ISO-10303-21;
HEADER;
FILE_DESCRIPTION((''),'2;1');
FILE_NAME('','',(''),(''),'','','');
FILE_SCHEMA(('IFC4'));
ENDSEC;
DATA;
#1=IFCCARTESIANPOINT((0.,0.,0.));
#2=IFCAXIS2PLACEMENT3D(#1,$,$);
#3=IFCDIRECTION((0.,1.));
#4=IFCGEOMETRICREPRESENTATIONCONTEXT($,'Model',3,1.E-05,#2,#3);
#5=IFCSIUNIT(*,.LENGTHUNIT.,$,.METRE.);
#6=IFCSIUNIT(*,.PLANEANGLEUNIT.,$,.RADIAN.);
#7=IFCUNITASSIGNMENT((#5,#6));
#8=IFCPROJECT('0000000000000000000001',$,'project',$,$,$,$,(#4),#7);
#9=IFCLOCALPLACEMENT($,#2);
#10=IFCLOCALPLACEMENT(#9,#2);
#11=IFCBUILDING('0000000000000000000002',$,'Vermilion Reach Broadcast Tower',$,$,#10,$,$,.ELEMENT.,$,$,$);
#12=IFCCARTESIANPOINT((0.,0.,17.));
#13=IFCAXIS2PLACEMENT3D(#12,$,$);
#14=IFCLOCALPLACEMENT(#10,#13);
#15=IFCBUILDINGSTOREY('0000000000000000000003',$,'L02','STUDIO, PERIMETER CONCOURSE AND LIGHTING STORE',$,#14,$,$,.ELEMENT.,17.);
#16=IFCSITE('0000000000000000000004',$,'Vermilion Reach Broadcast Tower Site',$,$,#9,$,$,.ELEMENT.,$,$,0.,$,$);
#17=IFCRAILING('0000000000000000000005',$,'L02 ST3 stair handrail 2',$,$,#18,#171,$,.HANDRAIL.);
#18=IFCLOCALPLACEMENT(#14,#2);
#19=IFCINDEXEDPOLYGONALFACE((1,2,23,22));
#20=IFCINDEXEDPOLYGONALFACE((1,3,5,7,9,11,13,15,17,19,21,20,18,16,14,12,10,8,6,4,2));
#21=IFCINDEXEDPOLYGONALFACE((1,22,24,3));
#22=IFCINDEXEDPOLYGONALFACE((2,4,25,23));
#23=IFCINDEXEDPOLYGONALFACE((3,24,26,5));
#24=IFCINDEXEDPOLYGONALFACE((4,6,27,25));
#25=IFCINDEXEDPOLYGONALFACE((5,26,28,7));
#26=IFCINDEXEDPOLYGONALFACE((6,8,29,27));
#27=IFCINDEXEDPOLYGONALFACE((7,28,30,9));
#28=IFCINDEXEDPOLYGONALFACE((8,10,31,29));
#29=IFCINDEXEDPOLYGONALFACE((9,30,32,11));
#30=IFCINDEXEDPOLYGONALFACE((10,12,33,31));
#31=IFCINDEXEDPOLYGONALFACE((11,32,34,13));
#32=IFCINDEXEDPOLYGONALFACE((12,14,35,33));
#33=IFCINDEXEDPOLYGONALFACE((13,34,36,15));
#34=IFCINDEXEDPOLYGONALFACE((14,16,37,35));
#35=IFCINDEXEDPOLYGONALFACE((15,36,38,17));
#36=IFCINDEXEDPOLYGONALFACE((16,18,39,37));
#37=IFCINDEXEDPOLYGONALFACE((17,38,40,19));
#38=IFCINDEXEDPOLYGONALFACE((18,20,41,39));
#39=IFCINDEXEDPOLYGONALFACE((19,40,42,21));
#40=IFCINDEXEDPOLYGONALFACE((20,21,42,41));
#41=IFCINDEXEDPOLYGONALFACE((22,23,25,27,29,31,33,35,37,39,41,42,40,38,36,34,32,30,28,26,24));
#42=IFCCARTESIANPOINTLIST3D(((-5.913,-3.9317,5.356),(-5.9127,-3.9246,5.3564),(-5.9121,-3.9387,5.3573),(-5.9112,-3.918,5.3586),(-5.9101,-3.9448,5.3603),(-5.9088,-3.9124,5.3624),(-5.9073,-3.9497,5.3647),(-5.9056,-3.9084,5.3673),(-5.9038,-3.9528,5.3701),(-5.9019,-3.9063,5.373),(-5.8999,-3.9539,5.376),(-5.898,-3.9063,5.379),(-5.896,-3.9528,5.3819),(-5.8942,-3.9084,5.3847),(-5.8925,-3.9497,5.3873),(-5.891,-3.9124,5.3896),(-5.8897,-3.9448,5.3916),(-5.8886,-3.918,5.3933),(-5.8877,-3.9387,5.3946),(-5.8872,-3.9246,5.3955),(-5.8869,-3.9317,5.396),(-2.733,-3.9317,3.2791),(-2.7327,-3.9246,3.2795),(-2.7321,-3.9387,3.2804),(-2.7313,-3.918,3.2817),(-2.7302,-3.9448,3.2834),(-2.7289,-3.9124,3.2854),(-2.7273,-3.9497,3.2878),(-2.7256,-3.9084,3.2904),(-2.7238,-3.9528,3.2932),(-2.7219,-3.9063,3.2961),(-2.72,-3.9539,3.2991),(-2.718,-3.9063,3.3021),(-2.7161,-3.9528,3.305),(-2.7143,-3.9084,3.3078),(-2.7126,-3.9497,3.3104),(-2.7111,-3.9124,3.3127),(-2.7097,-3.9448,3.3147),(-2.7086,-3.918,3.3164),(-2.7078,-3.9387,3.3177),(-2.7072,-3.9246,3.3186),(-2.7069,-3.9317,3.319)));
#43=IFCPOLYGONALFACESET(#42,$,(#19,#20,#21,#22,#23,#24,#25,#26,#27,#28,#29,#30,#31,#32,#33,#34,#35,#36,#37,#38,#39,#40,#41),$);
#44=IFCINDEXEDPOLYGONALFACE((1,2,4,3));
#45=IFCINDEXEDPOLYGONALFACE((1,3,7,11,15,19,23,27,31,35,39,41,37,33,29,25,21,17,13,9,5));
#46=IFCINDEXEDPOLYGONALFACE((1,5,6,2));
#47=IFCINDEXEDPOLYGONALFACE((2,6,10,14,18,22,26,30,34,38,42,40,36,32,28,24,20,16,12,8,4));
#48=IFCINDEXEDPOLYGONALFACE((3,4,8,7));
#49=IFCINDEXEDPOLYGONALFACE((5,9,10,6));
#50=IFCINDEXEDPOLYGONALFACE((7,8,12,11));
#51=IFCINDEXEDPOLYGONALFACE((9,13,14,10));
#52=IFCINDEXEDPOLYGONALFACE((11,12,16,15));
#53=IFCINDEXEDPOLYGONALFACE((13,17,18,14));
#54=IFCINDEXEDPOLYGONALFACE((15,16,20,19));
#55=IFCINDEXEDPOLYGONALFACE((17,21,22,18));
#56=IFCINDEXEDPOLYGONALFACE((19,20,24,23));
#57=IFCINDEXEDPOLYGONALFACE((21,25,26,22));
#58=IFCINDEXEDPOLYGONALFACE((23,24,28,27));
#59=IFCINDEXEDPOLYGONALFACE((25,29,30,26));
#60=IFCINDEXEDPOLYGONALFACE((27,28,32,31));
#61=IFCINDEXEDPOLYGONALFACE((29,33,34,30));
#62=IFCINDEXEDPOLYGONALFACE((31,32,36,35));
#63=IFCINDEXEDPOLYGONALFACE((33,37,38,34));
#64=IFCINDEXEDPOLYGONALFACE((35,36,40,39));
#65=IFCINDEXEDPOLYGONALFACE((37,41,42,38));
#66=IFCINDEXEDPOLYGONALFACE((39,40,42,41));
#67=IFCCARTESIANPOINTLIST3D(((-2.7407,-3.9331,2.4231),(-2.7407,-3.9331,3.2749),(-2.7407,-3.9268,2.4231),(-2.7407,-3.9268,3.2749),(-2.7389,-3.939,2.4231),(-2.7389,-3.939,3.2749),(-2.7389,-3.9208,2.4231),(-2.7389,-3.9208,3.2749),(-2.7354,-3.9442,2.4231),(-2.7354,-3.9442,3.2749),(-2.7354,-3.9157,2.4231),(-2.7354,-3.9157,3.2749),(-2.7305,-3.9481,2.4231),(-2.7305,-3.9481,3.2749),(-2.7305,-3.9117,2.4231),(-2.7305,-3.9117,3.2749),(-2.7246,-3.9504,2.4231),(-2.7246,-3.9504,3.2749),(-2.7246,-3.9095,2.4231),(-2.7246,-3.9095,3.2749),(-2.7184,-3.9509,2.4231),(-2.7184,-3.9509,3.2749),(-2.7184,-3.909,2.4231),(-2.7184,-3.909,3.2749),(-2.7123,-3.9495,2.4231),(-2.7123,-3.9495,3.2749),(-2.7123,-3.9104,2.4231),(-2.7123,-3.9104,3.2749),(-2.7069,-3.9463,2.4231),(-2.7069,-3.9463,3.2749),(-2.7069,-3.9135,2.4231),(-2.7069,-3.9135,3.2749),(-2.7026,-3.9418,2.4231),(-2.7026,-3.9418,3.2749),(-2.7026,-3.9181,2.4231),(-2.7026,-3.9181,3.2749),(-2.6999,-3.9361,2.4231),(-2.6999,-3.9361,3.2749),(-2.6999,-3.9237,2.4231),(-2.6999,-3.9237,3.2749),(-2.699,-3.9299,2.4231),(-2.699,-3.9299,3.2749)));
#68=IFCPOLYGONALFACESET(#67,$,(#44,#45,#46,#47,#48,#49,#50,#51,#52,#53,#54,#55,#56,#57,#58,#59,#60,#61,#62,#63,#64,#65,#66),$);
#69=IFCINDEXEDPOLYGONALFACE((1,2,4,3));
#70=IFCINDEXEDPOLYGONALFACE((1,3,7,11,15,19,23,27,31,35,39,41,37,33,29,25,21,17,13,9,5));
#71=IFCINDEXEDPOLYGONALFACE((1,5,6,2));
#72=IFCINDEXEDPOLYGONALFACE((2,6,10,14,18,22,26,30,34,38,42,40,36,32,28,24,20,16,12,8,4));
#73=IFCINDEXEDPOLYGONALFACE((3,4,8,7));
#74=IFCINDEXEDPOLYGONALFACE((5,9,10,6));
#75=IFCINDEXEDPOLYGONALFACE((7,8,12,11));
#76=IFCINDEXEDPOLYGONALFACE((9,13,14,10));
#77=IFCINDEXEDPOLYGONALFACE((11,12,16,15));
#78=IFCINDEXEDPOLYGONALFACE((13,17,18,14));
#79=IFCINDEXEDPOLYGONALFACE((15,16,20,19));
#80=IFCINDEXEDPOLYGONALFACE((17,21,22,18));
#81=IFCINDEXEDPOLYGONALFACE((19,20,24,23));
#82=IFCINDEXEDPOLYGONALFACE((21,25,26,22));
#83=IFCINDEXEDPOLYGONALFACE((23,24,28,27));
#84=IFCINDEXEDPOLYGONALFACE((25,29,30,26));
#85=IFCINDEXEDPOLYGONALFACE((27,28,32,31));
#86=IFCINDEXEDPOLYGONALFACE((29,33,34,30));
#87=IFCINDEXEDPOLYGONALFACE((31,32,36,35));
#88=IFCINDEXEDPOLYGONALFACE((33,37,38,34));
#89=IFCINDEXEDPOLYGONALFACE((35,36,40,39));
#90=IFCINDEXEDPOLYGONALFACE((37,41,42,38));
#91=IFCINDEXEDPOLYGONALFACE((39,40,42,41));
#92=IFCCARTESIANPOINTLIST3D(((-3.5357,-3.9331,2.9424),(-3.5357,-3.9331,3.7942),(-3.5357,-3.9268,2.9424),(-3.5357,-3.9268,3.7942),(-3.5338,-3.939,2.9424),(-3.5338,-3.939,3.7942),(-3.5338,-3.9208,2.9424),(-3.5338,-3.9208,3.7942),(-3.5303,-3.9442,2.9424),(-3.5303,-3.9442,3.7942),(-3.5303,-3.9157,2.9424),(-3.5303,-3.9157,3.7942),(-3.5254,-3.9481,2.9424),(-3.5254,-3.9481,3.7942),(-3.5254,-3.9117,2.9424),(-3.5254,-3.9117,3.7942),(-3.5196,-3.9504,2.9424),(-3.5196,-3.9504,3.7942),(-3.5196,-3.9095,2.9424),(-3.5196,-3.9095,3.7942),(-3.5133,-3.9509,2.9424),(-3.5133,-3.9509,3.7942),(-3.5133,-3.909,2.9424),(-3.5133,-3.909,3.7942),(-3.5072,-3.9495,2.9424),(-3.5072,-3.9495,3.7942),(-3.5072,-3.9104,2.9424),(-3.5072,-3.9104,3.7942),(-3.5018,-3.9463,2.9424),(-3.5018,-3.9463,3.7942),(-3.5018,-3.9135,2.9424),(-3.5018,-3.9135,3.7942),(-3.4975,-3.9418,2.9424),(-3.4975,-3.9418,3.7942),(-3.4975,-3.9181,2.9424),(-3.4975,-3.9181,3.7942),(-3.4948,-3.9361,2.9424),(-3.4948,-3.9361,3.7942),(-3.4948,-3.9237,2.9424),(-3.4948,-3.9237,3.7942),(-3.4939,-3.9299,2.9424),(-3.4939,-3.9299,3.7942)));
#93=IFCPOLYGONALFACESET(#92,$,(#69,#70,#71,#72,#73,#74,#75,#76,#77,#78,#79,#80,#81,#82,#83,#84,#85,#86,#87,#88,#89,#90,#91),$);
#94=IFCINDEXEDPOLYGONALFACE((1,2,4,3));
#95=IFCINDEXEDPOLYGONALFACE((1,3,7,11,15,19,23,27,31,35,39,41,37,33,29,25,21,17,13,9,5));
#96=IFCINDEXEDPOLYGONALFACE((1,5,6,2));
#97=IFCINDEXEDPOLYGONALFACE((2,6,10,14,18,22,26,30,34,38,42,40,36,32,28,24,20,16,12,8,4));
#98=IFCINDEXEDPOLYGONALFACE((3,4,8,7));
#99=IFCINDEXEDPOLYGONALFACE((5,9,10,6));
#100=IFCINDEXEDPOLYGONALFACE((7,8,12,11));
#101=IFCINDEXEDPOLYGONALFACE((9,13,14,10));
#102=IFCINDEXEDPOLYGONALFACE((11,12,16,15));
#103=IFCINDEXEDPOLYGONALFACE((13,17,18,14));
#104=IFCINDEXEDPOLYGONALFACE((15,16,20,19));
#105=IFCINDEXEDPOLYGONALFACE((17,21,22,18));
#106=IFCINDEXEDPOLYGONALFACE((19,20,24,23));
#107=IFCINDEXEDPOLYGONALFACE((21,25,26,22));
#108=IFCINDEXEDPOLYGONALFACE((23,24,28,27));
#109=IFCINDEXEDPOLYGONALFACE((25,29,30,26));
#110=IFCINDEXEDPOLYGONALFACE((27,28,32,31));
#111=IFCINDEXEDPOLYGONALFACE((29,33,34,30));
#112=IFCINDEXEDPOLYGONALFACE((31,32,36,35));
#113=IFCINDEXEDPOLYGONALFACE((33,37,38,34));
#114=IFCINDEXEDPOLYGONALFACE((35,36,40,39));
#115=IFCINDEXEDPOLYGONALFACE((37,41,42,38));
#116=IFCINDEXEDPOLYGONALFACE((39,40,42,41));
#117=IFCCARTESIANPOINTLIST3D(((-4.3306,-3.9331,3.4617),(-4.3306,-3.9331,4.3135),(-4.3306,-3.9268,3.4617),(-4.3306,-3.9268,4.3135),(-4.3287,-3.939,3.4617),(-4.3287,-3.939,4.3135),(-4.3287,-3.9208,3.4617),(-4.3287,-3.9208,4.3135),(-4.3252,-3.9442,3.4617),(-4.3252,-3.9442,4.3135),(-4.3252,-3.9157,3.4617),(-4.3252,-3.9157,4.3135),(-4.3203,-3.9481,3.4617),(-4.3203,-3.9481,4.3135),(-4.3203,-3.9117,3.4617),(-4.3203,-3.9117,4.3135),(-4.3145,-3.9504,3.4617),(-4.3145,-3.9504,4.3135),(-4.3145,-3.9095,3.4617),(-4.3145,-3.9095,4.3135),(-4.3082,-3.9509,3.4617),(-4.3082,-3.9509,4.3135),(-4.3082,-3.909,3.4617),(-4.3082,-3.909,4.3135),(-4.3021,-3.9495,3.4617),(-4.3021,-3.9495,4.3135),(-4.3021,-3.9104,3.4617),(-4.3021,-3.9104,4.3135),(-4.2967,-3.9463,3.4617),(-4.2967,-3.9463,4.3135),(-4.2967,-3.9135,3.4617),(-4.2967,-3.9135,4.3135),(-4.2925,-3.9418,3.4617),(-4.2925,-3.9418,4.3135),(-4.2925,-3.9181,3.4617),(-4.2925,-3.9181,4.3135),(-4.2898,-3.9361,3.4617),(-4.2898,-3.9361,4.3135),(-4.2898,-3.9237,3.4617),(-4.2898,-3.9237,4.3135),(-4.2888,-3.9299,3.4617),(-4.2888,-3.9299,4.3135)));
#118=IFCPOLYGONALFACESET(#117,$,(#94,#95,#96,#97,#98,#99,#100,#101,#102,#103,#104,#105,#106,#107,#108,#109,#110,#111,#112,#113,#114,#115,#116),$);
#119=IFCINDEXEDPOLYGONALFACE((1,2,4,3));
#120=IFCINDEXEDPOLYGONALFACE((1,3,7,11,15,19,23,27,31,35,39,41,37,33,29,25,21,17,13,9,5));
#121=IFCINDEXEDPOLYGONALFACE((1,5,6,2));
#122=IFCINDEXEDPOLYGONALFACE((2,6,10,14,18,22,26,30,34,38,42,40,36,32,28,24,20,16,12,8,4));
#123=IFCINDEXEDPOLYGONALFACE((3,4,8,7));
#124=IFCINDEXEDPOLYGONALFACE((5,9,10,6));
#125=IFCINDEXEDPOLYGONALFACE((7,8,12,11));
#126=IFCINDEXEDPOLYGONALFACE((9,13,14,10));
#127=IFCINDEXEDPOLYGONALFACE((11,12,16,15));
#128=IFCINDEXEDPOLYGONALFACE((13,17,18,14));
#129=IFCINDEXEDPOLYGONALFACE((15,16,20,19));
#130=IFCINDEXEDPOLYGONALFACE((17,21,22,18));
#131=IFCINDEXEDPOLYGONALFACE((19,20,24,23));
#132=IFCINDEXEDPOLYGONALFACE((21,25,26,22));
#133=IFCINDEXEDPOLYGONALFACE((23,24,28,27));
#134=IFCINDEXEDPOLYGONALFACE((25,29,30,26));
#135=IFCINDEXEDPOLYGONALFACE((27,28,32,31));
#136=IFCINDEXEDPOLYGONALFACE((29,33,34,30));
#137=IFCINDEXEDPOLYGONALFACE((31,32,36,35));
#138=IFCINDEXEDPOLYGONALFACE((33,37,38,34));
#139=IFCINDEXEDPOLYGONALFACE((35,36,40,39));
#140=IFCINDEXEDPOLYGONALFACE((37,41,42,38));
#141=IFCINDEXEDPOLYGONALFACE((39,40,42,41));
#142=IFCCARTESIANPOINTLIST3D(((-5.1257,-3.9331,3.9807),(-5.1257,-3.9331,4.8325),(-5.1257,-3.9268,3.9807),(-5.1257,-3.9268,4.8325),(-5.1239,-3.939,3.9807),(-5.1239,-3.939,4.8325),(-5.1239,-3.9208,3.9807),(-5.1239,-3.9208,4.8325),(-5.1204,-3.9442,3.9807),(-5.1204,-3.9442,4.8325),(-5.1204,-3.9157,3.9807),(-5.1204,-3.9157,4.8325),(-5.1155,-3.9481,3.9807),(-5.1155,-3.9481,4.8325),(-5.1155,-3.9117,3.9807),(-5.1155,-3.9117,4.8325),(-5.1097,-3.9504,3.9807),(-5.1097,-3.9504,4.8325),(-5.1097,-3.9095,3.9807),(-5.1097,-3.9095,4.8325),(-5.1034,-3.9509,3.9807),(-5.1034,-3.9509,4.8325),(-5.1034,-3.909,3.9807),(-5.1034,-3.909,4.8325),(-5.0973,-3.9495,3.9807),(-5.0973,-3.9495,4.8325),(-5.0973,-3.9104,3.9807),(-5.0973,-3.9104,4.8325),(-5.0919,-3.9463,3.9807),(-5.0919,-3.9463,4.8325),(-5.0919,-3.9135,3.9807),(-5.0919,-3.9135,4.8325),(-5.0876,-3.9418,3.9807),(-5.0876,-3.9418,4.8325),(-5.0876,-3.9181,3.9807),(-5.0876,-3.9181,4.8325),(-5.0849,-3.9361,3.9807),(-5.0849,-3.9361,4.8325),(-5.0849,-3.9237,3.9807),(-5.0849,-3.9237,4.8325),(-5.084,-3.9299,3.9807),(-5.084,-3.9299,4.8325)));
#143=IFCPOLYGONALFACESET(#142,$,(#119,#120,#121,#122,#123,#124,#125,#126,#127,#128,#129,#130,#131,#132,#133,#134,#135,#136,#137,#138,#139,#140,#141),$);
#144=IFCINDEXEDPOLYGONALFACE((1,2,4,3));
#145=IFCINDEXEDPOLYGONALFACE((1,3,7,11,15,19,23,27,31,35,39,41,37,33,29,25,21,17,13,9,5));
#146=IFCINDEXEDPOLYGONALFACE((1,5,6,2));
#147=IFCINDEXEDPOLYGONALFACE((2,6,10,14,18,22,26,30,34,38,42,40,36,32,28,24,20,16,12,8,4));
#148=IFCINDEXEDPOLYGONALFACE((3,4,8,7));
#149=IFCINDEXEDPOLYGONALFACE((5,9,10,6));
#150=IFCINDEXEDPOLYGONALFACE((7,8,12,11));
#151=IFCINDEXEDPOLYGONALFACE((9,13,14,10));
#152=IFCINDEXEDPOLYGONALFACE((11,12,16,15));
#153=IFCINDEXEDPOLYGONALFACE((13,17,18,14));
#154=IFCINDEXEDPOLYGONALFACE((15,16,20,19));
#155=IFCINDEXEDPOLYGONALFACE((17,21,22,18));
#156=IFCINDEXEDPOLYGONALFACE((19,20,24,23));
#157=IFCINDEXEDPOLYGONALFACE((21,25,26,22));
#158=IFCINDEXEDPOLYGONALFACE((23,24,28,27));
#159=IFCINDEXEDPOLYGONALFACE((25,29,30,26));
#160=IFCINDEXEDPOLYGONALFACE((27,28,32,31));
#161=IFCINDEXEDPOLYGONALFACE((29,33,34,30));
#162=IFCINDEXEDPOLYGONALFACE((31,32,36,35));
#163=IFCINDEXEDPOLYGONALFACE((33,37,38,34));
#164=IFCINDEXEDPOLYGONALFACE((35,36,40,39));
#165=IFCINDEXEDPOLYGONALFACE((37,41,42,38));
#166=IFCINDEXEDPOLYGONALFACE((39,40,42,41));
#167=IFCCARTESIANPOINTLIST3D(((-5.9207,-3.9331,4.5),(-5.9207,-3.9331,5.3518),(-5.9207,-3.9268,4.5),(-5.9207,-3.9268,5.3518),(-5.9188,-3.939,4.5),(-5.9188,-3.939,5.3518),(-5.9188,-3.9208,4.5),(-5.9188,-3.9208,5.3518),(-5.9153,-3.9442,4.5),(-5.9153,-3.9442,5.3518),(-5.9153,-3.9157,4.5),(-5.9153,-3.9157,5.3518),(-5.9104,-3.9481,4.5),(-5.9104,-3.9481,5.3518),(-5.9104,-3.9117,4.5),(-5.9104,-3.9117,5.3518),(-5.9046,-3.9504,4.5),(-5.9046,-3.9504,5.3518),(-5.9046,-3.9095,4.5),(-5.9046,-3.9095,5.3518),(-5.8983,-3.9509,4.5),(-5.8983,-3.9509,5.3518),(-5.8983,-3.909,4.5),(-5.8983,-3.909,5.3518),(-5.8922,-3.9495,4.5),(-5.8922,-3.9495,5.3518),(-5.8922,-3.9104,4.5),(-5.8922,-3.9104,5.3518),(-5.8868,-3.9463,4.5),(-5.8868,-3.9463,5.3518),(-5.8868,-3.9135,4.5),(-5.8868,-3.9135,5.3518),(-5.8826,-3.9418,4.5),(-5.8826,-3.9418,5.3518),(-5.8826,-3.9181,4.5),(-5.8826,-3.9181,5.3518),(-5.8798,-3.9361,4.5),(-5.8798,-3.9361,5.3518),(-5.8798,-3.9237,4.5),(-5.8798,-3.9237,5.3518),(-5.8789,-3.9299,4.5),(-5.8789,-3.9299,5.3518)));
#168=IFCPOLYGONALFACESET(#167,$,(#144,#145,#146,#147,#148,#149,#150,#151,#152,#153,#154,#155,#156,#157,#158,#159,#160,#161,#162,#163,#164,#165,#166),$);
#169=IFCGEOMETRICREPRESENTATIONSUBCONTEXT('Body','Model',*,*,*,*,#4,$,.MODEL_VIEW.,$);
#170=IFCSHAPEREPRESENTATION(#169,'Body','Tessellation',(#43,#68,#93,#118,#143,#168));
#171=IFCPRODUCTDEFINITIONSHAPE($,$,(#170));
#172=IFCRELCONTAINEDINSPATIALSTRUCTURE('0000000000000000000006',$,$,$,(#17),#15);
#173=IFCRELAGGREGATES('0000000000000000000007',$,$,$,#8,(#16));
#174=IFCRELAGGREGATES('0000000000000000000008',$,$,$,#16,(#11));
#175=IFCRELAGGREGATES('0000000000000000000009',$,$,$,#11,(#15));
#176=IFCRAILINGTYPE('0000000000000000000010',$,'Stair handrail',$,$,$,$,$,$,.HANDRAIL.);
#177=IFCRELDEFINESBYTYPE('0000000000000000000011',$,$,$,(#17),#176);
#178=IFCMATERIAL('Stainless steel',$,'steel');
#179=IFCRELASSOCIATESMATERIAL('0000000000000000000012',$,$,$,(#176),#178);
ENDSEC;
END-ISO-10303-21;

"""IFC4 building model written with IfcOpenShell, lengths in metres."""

from ifc_helpers import new_model, si_unit, direction, frame, origin, origin_2d, place, context, subcontext, project, spatial, circle, extrude, material, type_object, element, save


model = new_model("IFC4")

# Units and contexts
model_context = context("Model", 3, precision=1e-05, world=origin(), true_north=direction((0.0, 1.0)))
body_context = subcontext(model_context, "Body", "Model", "MODEL_VIEW")
ifc_project = project(units=[si_unit("LENGTHUNIT", "METRE"), si_unit("PLANEANGLEUNIT", "RADIAN")], contexts=[model_context])

# Site, building, storey
site_placement = place(None, origin())
site = spatial("IfcSite", under=ifc_project, at=site_placement, Name="Vermilion Reach Broadcast Tower Site", CompositionType="ELEMENT", RefElevation=0.0)
building_placement = place(site_placement, origin())
building = spatial("IfcBuilding", under=site, at=building_placement, Name="Vermilion Reach Broadcast Tower", CompositionType="ELEMENT")
storey_placement = place(building_placement, frame((0.0, 0.0, 17.0)))
storey = spatial("IfcBuildingStorey", under=building, at=storey_placement, Name="L02", Description="STUDIO, PERIMETER CONCOURSE AND LIGHTING STORE", CompositionType="ELEMENT", Elevation=17.0)

# Railing
ifc_material_1 = material(Name="Stainless steel", Category="steel")
railing_type_1 = type_object("IfcRailingType", Name="Stair handrail", PredefinedType="HANDRAIL", material=ifc_material_1)
railing_1_placement = place(storey_placement, frame((-2.72, -3.9299, 2.4231)))
element("IfcRailing", 1, at=railing_1_placement, inside=storey, type_object=railing_type_1, Name="L02 ST3 stair handrail 2", PredefinedType="HANDRAIL", context=body_context, shape_type="SweptSolid", body=[
    extrude(circle(Radius=0.0239, at=origin_2d()), frame((0.0, 0.0, 0.876), z_axis=(-0.837245, 0.0, 0.546828), x_axis=(0.0, -1.0, 0.0)), (0.0, 0.0, 1.0), 3.7981),
    extrude(circle(Radius=0.021, at=origin_2d()), origin(), (0.0, 0.0, 1.0), 0.8518),
    extrude(circle(Radius=0.021, at=origin_2d()), frame((-0.7949, 0.0, 0.5193)), (0.0, 0.0, 1.0), 0.8518),
    extrude(circle(Radius=0.021, at=origin_2d()), frame((-1.5898, 0.0, 1.0386)), (0.0, 0.0, 1.0), 0.8518),
    extrude(circle(Radius=0.021, at=origin_2d()), frame((-2.385, 0.0, 1.5576)), (0.0, 0.0, 1.0), 0.8518),
    extrude(circle(Radius=0.021, at=origin_2d()), frame((-3.1799, 0.0, 2.0769)), (0.0, 0.0, 1.0), 0.8518),
])

save(model, "model.ifc")
